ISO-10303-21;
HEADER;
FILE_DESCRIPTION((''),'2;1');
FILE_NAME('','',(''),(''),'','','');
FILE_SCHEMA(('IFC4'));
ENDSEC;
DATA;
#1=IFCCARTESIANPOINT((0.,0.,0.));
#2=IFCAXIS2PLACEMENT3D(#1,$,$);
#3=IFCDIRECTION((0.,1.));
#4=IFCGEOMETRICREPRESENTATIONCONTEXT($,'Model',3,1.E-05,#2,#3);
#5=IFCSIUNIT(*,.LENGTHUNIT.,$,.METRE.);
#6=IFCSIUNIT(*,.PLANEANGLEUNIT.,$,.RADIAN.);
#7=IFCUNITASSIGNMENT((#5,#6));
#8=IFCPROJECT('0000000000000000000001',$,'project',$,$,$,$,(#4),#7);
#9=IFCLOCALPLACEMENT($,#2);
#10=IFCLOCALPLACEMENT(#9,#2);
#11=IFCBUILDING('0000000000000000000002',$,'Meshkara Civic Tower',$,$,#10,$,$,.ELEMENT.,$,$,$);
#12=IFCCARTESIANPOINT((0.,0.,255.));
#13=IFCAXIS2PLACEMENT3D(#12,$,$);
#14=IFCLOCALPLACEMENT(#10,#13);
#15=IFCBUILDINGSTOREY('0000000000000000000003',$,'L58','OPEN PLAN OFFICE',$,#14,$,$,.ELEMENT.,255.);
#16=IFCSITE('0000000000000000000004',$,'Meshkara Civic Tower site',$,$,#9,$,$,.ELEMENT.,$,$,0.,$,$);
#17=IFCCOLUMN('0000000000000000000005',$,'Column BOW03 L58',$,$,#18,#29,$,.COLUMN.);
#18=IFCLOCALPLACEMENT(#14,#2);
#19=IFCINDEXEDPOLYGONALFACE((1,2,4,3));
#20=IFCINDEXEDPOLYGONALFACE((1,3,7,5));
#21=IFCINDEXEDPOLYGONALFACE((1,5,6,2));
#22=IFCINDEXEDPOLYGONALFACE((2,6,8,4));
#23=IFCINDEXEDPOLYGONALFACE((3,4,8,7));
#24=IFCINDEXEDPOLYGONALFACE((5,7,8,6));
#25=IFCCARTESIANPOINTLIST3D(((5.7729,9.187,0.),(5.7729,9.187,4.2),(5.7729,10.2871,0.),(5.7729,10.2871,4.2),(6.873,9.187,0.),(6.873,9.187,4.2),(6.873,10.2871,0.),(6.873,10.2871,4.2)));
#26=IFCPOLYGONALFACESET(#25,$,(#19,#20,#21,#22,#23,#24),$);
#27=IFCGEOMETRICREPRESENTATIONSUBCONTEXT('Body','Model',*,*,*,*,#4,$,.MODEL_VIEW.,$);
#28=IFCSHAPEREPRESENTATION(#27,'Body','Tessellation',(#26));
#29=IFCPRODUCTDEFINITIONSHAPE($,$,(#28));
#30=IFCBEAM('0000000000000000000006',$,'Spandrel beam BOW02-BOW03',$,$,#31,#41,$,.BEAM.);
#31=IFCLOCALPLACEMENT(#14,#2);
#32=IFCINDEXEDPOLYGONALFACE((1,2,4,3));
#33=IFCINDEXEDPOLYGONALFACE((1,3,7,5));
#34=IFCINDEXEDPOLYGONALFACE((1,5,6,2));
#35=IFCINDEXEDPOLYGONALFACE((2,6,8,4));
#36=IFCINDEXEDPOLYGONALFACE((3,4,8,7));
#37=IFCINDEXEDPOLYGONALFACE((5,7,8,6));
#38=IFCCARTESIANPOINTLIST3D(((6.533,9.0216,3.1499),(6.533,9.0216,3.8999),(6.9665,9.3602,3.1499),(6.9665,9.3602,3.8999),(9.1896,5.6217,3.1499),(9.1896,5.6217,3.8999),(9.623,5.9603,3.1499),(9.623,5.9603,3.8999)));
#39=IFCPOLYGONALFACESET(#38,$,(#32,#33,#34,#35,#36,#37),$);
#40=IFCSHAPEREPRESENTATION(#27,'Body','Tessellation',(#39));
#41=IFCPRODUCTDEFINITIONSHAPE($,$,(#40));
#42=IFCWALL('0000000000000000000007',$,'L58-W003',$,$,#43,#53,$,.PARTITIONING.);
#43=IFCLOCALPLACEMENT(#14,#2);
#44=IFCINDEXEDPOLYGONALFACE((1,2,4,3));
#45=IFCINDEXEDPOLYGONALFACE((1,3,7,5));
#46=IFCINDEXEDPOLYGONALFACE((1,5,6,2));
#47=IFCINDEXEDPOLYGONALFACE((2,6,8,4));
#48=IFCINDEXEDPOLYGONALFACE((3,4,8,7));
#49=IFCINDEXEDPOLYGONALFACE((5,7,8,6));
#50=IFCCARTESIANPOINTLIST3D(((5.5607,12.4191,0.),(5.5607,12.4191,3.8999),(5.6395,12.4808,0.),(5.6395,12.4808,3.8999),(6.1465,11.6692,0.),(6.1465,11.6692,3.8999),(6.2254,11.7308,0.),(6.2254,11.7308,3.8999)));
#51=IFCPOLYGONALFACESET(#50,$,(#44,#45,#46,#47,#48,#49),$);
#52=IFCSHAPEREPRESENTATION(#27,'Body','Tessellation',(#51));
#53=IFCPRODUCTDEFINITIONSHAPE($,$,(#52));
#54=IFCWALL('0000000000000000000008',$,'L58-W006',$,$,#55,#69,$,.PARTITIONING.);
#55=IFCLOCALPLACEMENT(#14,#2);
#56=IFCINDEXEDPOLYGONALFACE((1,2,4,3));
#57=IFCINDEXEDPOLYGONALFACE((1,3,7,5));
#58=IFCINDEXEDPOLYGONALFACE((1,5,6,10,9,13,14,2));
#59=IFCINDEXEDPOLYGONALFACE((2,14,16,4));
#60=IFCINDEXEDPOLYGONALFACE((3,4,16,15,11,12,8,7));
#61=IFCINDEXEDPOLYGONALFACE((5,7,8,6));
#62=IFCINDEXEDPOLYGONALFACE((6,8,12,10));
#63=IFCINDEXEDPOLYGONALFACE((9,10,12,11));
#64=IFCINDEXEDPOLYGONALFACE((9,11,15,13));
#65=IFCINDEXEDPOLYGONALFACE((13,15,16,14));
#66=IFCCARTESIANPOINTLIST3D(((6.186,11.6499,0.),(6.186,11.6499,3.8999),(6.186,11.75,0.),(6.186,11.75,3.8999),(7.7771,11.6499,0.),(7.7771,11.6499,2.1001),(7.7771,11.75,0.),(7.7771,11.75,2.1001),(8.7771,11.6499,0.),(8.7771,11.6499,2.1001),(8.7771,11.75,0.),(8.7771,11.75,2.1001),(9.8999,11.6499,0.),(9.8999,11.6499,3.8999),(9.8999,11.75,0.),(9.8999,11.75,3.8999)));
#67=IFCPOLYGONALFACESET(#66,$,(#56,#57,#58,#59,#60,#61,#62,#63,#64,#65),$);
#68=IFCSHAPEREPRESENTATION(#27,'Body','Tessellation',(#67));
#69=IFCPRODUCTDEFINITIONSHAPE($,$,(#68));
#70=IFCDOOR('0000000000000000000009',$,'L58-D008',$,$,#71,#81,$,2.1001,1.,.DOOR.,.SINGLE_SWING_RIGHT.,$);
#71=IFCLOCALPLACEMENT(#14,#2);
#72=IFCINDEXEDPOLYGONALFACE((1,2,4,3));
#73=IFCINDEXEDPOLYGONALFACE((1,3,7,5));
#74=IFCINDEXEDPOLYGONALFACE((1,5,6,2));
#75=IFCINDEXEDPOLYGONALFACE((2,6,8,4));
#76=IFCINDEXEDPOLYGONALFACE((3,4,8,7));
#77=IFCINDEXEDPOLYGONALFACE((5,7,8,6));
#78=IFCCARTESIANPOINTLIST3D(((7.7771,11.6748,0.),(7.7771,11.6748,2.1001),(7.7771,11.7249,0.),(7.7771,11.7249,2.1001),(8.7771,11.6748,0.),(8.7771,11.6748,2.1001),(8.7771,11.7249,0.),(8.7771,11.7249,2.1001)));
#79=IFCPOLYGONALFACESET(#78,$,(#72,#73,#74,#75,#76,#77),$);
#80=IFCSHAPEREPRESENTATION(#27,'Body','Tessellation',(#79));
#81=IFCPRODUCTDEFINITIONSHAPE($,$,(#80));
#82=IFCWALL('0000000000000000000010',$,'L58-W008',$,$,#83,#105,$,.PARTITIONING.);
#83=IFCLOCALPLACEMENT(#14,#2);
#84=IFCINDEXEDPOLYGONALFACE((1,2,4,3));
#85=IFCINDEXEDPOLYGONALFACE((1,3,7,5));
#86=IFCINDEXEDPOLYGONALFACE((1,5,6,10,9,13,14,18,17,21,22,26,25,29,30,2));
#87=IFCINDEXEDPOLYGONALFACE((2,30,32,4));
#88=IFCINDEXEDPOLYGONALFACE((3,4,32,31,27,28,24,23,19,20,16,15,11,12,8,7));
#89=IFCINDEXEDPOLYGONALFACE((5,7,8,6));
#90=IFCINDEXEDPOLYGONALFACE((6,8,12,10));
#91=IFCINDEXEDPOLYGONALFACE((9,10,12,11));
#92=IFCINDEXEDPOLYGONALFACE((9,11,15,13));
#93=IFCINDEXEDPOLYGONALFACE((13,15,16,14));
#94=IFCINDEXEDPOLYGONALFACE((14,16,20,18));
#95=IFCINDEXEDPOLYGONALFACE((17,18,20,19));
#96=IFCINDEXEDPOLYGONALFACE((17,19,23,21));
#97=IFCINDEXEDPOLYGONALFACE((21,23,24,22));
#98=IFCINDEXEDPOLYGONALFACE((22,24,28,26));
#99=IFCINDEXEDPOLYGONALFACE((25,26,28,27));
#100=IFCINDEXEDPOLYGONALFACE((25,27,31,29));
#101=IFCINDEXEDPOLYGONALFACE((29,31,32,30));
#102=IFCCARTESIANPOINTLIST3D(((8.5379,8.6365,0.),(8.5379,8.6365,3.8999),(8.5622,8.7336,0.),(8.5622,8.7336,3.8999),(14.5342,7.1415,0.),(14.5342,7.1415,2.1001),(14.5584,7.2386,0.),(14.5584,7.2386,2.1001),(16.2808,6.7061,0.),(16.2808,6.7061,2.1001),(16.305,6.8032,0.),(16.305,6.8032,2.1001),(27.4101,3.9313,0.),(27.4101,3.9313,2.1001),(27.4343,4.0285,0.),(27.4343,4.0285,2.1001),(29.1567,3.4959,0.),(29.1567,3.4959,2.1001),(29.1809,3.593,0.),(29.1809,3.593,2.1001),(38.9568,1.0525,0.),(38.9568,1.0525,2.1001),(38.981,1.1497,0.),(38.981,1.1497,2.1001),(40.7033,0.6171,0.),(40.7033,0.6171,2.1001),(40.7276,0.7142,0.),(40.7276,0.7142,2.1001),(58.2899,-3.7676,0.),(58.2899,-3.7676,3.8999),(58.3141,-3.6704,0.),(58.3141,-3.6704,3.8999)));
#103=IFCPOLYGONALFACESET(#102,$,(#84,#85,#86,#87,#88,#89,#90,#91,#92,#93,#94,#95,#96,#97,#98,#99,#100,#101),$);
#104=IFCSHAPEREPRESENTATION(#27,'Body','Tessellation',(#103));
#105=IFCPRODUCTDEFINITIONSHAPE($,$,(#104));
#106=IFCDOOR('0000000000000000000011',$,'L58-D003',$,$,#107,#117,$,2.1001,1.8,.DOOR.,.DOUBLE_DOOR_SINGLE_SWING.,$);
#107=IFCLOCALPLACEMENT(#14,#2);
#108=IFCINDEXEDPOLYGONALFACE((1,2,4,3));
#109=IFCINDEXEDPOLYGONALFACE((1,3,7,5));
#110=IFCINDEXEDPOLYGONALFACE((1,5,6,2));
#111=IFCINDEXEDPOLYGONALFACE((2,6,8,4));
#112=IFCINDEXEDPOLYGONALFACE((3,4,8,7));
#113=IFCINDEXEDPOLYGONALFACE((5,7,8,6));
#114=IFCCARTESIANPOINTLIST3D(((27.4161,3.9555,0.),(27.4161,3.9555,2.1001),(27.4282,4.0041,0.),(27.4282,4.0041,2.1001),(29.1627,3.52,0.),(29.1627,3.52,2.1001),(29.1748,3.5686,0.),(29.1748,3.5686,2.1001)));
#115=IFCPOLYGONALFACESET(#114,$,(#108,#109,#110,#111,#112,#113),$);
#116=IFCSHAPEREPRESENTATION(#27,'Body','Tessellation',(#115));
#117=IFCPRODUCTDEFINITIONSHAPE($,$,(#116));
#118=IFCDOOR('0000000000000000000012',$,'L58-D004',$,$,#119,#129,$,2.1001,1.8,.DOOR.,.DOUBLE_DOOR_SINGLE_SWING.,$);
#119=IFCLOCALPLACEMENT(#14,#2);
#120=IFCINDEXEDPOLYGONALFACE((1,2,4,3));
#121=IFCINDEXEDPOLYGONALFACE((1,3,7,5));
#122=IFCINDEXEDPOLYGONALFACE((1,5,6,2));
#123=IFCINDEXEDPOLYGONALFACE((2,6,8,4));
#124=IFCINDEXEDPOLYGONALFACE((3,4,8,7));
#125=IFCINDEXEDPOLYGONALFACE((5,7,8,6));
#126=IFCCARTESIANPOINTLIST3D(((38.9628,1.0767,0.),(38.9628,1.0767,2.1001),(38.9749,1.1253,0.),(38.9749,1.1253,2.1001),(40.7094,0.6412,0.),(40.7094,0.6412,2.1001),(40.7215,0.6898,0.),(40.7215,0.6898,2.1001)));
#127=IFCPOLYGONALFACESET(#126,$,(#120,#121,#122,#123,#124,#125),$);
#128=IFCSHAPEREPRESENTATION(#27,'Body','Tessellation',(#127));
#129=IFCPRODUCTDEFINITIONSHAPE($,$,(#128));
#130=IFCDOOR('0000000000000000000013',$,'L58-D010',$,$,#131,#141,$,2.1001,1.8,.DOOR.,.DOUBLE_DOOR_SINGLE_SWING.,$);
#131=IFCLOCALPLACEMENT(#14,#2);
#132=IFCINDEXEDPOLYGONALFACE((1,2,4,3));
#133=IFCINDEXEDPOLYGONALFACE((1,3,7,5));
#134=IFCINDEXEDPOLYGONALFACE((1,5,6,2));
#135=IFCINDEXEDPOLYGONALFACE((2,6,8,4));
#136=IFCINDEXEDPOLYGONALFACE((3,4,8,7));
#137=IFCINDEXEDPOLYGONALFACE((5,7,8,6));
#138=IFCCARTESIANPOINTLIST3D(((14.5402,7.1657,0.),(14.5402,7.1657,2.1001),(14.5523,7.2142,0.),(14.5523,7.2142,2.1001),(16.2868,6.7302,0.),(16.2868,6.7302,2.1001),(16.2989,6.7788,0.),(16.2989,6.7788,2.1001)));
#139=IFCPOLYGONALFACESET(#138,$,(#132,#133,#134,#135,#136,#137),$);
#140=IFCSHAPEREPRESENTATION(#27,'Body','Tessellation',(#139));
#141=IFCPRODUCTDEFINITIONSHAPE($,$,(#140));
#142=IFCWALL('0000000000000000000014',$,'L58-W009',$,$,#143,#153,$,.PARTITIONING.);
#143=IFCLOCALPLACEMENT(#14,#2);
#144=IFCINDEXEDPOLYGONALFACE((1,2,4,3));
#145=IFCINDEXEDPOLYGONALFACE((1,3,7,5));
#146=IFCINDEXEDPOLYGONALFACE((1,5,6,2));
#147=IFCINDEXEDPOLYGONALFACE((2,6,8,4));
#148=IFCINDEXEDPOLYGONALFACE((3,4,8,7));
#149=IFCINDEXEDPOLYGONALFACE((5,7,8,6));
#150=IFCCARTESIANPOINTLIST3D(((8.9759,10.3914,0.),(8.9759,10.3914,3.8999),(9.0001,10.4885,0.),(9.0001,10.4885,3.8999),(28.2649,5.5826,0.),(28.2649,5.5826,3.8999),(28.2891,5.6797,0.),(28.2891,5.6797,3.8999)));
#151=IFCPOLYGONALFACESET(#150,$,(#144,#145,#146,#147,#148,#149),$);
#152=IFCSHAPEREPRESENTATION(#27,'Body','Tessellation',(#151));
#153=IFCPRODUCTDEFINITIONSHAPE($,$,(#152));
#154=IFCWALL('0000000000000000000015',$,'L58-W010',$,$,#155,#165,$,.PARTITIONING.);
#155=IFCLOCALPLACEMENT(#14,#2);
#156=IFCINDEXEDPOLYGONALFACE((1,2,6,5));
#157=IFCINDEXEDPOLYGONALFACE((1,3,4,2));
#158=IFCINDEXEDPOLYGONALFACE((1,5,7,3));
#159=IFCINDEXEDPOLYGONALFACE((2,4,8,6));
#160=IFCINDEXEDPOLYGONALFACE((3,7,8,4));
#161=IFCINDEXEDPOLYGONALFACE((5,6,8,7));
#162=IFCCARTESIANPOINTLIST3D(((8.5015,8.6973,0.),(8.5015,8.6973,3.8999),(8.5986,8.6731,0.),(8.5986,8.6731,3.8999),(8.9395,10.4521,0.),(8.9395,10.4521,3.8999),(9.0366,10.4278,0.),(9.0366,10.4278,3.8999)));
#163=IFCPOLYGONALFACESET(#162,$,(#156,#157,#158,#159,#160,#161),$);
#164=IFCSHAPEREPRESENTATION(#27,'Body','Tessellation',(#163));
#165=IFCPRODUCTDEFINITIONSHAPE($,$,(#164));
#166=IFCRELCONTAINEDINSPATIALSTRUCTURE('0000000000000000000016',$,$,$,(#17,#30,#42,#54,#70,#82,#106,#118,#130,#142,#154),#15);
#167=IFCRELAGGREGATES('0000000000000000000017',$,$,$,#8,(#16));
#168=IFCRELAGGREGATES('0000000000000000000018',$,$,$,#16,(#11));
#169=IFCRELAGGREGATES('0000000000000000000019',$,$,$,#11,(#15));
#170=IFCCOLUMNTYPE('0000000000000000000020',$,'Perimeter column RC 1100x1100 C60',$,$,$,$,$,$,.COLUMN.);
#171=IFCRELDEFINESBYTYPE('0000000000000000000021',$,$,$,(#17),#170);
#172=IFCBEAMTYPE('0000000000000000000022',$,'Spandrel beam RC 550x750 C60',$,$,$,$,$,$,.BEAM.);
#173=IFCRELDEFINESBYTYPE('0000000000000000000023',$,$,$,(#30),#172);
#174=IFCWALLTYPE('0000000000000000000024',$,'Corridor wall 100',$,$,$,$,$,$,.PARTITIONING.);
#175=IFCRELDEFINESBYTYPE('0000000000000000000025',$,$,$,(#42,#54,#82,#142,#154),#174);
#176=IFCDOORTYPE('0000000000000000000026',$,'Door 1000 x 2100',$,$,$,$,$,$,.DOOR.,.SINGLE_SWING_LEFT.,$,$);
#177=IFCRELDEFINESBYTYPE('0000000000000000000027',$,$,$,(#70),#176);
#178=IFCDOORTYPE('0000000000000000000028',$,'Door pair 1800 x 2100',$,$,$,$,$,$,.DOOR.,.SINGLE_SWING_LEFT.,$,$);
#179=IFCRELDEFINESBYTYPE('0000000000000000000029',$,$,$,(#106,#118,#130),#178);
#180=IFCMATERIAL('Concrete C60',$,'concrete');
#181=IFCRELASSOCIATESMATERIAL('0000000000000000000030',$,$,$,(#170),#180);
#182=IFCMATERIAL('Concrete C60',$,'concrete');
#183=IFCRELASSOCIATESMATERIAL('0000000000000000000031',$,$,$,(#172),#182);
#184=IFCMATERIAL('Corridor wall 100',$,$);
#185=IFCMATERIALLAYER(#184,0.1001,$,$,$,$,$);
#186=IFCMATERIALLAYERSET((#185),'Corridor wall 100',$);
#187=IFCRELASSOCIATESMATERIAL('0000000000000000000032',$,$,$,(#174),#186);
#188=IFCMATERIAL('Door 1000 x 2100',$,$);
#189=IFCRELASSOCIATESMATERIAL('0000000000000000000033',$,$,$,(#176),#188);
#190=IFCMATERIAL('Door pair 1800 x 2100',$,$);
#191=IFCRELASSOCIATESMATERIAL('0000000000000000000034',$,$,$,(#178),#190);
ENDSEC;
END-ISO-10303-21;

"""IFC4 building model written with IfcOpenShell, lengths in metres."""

from ifc_helpers import new_model, si_unit, direction, frame, frame_2d, origin, origin_2d, place, context, subcontext, project, spatial, rectangle, extrude, material, layer, layer_set, material_profile, profile_set, type_object, element, fill, save


model = new_model("IFC4")

# Units and contexts
model_context = context("Model", 3, precision=1e-05, world=origin(), true_north=direction((0.0, 1.0)))
body_context = subcontext(model_context, "Body", "Model", "MODEL_VIEW")
ifc_project = project(units=[si_unit("LENGTHUNIT", "METRE"), si_unit("PLANEANGLEUNIT", "RADIAN")], contexts=[model_context])

# Site, building, storey
site_placement = place(None, origin())
site = spatial("IfcSite", under=ifc_project, at=site_placement, Name="Meshkara Civic Tower site", CompositionType="ELEMENT", RefElevation=0.0)
building_placement = place(site_placement, origin())
building = spatial("IfcBuilding", under=site, at=building_placement, Name="Meshkara Civic Tower", CompositionType="ELEMENT")
storey_placement = place(building_placement, frame((0.0, 0.0, 255.0)))
storey = spatial("IfcBuildingStorey", under=building, at=storey_placement, Name="L58", Description="OPEN PLAN OFFICE", CompositionType="ELEMENT", Elevation=255.0)

# Column
ifc_material_1 = material(Name="Concrete C60", Category="concrete")
ifc_material_profile_1 = material_profile(ifc_material_1, rectangle(XDim=1.1001, YDim=1.1001, at=origin_2d()))
ifc_profile_set_1 = profile_set([ifc_material_profile_1], Name="Concrete C60")
column_type = type_object("IfcColumnType", Name="Perimeter column RC 1100x1100 C60", PredefinedType="COLUMN", material=ifc_profile_set_1)
column_placement = place(storey_placement, frame((6.323, 9.7371, 0.0), z_axis=(0.0, 0.0, 1.0), x_axis=(1.0, 0.0, 0.0)))
element("IfcColumn", 1, at=column_placement, inside=storey, type_object=column_type, Name="Column BOW03 L58", PredefinedType="COLUMN", context=body_context, shape_type="SweptSolid", body=[
    extrude(rectangle(XDim=1.1001, YDim=1.1001, at=origin_2d()), origin(), (0.0, 0.0, 1.0), 4.2),
])

# Beam
ifc_material_2 = material(Name="Concrete C60", Category="concrete")
ifc_material_profile_2 = material_profile(ifc_material_2, rectangle(XDim=0.55, YDim=0.75, at=origin_2d()))
ifc_profile_set_2 = profile_set([ifc_material_profile_2], Name="Concrete C60")
beam_type = type_object("IfcBeamType", Name="Spandrel beam RC 550x750 C60", PredefinedType="BEAM", material=ifc_profile_set_2)
beam_placement = place(storey_placement, frame((6.7498, 9.1909, 3.5249), z_axis=(0.61569, -0.787988, 0.0), x_axis=(0.787988, 0.61569, 0.0)))
element("IfcBeam", 2, at=beam_placement, inside=storey, type_object=beam_type, Name="Spandrel beam BOW02-BOW03", PredefinedType="BEAM", context=body_context, shape_type="SweptSolid", body=[
    extrude(rectangle(XDim=0.55, YDim=0.75, at=origin_2d()), origin(), (0.0, 0.0, 1.0), 4.3147),
])

# Wall
ifc_material_3 = material(Name="Corridor wall 100")
ifc_layer_1 = layer(ifc_material_3, 0.1001)
ifc_layer_set_1 = layer_set([ifc_layer_1], Name="Corridor wall 100")
wall_type_1 = type_object("IfcWallType", Name="Corridor wall 100", PredefinedType="PARTITIONING", material=ifc_layer_set_1)
wall_1_placement = place(storey_placement, frame((5.6001, 12.45, 0.0), z_axis=(0.0, 0.0, 1.0), x_axis=(0.615644, -0.788024, 0.0)))
element("IfcWall", 3, at=wall_1_placement, inside=storey, type_object=wall_type_1, Name="L58-W003", PredefinedType="PARTITIONING", context=body_context, shape_type="SweptSolid", body=[
    extrude(rectangle(XDim=0.9517, YDim=0.1001, at=frame_2d((0.4758, 0.0))), origin(), (0.0, 0.0, 1.0), 3.8999),
])

# Wall, opening, door
wall_2_placement = place(storey_placement, frame((6.186, 11.7, 0.0), z_axis=(0.0, 0.0, 1.0), x_axis=(1.0, 0.0, 0.0)))
wall_2 = element("IfcWall", 4, at=wall_2_placement, inside=storey, type_object=wall_type_1, Name="L58-W006", PredefinedType="PARTITIONING", context=body_context, shape_type="SweptSolid", body=[
    extrude(rectangle(XDim=3.7139, YDim=0.1001, at=frame_2d((1.8569, 0.0))), origin(), (0.0, 0.0, 1.0), 3.8999),
])
opening_1_placement = place(wall_2_placement, frame((1.5911, 0.0, 0.0)))
opening_1 = element("IfcOpeningElement", 5, at=opening_1_placement, cuts=wall_2, PredefinedType="OPENING", context=body_context, shape_type="SweptSolid", body=[
    extrude(rectangle(XDim=1.0, YDim=2.1001, at=frame_2d((0.5, 1.05))), frame((0.0, 0.0601, 0.0), z_axis=(0.0, -1.0, 0.0), x_axis=(1.0, 0.0, 0.0)), (0.0, 0.0, 1.0), 0.1201),
])
ifc_material_4 = material(Name="Door 1000 x 2100")
door_type_1 = type_object("IfcDoorType", Name="Door 1000 x 2100", OperationType="SINGLE_SWING_LEFT", PredefinedType="DOOR", material=ifc_material_4)
door_1_placement = place(opening_1_placement, origin())
door_1 = element("IfcDoor", 6, at=door_1_placement, inside=storey, type_object=door_type_1, Name="L58-D008", OperationType="SINGLE_SWING_RIGHT", OverallHeight=2.1001, OverallWidth=1.0, PredefinedType="DOOR", context=body_context, shape_type="SweptSolid", body=[
    extrude(rectangle(XDim=1.0, YDim=2.1001, at=frame_2d((0.5, 1.05))), frame((0.0, 0.0249, 0.0), z_axis=(0.0, -1.0, 0.0), x_axis=(1.0, 0.0, 0.0)), (0.0, 0.0, 1.0), 0.05),
])
fill(opening_1, door_1)

# Wall, openings, doors
wall_3_placement = place(storey_placement, frame((8.55, 8.6851, 0.0), z_axis=(0.0, 0.0, 1.0), x_axis=(0.970298, -0.241913, 0.0)))
wall_3 = element("IfcWall", 7, at=wall_3_placement, inside=storey, type_object=wall_type_1, Name="L58-W008", PredefinedType="PARTITIONING", context=body_context, shape_type="SweptSolid", body=[
    extrude(rectangle(XDim=51.2749, YDim=0.1001, at=frame_2d((25.6375, 0.0))), origin(), (0.0, 0.0, 1.0), 3.8999),
])
opening_2_placement = place(wall_3_placement, frame((19.45, 0.0, 0.0)))
opening_2 = element("IfcOpeningElement", 8, at=opening_2_placement, cuts=wall_3, PredefinedType="OPENING", context=body_context, shape_type="SweptSolid", body=[
    extrude(rectangle(XDim=1.8, YDim=2.1001, at=frame_2d((0.8999, 1.05))), frame((0.0, 0.0601, 0.0), z_axis=(0.0, -1.0, 0.0), x_axis=(1.0, 0.0, 0.0)), (0.0, 0.0, 1.0), 0.1201),
])
opening_3_placement = place(wall_3_placement, frame((31.3501, 0.0, 0.0)))
opening_3 = element("IfcOpeningElement", 9, at=opening_3_placement, cuts=wall_3, PredefinedType="OPENING", context=body_context, shape_type="SweptSolid", body=[
    extrude(rectangle(XDim=1.8, YDim=2.1001, at=frame_2d((0.8999, 1.05))), frame((0.0, 0.0601, 0.0), z_axis=(0.0, -1.0, 0.0), x_axis=(1.0, 0.0, 0.0)), (0.0, 0.0, 1.0), 0.1201),
])
opening_4_placement = place(wall_3_placement, frame((6.1799, 0.0, 0.0)))
opening_4 = element("IfcOpeningElement", 10, at=opening_4_placement, cuts=wall_3, PredefinedType="OPENING", context=body_context, shape_type="SweptSolid", body=[
    extrude(rectangle(XDim=1.8, YDim=2.1001, at=frame_2d((0.8999, 1.05))), frame((0.0, 0.0601, 0.0), z_axis=(0.0, -1.0, 0.0), x_axis=(1.0, 0.0, 0.0)), (0.0, 0.0, 1.0), 0.1201),
])
ifc_material_5 = material(Name="Door pair 1800 x 2100")
door_type_2 = type_object("IfcDoorType", Name="Door pair 1800 x 2100", OperationType="SINGLE_SWING_LEFT", PredefinedType="DOOR", material=ifc_material_5)
door_2_placement = place(opening_2_placement, origin())
door_2 = element("IfcDoor", 11, at=door_2_placement, inside=storey, type_object=door_type_2, Name="L58-D003", OperationType="DOUBLE_DOOR_SINGLE_SWING", OverallHeight=2.1001, OverallWidth=1.8, PredefinedType="DOOR", context=body_context, shape_type="SweptSolid", body=[
    extrude(rectangle(XDim=1.8, YDim=2.1001, at=frame_2d((0.8999, 1.05))), frame((0.0, 0.0249, 0.0), z_axis=(0.0, -1.0, 0.0), x_axis=(1.0, 0.0, 0.0)), (0.0, 0.0, 1.0), 0.05),
])
fill(opening_2, door_2)
door_3_placement = place(opening_3_placement, origin())
door_3 = element("IfcDoor", 12, at=door_3_placement, inside=storey, type_object=door_type_2, Name="L58-D004", OperationType="DOUBLE_DOOR_SINGLE_SWING", OverallHeight=2.1001, OverallWidth=1.8, PredefinedType="DOOR", context=body_context, shape_type="SweptSolid", body=[
    extrude(rectangle(XDim=1.8, YDim=2.1001, at=frame_2d((0.8999, 1.05))), frame((0.0, 0.0249, 0.0), z_axis=(0.0, -1.0, 0.0), x_axis=(1.0, 0.0, 0.0)), (0.0, 0.0, 1.0), 0.05),
])
fill(opening_3, door_3)
door_4_placement = place(opening_4_placement, origin())
door_4 = element("IfcDoor", 13, at=door_4_placement, inside=storey, type_object=door_type_2, Name="L58-D010", OperationType="DOUBLE_DOOR_SINGLE_SWING", OverallHeight=2.1001, OverallWidth=1.8, PredefinedType="DOOR", context=body_context, shape_type="SweptSolid", body=[
    extrude(rectangle(XDim=1.8, YDim=2.1001, at=frame_2d((0.8999, 1.05))), frame((0.0, 0.0249, 0.0), z_axis=(0.0, -1.0, 0.0), x_axis=(1.0, 0.0, 0.0)), (0.0, 0.0, 1.0), 0.05),
])
fill(opening_4, door_4)

# Walls
wall_4_placement = place(storey_placement, frame((8.988, 10.4399, 0.0), z_axis=(0.0, 0.0, 1.0), x_axis=(0.970301, -0.2419, 0.0)))
element("IfcWall", 14, at=wall_4_placement, inside=storey, type_object=wall_type_1, Name="L58-W009", PredefinedType="PARTITIONING", context=body_context, shape_type="SweptSolid", body=[
    extrude(rectangle(XDim=19.8794, YDim=0.1001, at=frame_2d((9.9397, 0.0))), origin(), (0.0, 0.0, 1.0), 3.8999),
])
wall_5_placement = place(storey_placement, frame((8.988, 10.4399, 0.0), z_axis=(0.0, 0.0, 1.0), x_axis=(-0.242154, -0.970238, 0.0)))
element("IfcWall", 15, at=wall_5_placement, inside=storey, type_object=wall_type_1, Name="L58-W010", PredefinedType="PARTITIONING", context=body_context, shape_type="SweptSolid", body=[
    extrude(rectangle(XDim=1.8086, YDim=0.1001, at=frame_2d((0.9043, 0.0))), origin(), (0.0, 0.0, 1.0), 3.8999),
])

save(model, "model.ifc")
